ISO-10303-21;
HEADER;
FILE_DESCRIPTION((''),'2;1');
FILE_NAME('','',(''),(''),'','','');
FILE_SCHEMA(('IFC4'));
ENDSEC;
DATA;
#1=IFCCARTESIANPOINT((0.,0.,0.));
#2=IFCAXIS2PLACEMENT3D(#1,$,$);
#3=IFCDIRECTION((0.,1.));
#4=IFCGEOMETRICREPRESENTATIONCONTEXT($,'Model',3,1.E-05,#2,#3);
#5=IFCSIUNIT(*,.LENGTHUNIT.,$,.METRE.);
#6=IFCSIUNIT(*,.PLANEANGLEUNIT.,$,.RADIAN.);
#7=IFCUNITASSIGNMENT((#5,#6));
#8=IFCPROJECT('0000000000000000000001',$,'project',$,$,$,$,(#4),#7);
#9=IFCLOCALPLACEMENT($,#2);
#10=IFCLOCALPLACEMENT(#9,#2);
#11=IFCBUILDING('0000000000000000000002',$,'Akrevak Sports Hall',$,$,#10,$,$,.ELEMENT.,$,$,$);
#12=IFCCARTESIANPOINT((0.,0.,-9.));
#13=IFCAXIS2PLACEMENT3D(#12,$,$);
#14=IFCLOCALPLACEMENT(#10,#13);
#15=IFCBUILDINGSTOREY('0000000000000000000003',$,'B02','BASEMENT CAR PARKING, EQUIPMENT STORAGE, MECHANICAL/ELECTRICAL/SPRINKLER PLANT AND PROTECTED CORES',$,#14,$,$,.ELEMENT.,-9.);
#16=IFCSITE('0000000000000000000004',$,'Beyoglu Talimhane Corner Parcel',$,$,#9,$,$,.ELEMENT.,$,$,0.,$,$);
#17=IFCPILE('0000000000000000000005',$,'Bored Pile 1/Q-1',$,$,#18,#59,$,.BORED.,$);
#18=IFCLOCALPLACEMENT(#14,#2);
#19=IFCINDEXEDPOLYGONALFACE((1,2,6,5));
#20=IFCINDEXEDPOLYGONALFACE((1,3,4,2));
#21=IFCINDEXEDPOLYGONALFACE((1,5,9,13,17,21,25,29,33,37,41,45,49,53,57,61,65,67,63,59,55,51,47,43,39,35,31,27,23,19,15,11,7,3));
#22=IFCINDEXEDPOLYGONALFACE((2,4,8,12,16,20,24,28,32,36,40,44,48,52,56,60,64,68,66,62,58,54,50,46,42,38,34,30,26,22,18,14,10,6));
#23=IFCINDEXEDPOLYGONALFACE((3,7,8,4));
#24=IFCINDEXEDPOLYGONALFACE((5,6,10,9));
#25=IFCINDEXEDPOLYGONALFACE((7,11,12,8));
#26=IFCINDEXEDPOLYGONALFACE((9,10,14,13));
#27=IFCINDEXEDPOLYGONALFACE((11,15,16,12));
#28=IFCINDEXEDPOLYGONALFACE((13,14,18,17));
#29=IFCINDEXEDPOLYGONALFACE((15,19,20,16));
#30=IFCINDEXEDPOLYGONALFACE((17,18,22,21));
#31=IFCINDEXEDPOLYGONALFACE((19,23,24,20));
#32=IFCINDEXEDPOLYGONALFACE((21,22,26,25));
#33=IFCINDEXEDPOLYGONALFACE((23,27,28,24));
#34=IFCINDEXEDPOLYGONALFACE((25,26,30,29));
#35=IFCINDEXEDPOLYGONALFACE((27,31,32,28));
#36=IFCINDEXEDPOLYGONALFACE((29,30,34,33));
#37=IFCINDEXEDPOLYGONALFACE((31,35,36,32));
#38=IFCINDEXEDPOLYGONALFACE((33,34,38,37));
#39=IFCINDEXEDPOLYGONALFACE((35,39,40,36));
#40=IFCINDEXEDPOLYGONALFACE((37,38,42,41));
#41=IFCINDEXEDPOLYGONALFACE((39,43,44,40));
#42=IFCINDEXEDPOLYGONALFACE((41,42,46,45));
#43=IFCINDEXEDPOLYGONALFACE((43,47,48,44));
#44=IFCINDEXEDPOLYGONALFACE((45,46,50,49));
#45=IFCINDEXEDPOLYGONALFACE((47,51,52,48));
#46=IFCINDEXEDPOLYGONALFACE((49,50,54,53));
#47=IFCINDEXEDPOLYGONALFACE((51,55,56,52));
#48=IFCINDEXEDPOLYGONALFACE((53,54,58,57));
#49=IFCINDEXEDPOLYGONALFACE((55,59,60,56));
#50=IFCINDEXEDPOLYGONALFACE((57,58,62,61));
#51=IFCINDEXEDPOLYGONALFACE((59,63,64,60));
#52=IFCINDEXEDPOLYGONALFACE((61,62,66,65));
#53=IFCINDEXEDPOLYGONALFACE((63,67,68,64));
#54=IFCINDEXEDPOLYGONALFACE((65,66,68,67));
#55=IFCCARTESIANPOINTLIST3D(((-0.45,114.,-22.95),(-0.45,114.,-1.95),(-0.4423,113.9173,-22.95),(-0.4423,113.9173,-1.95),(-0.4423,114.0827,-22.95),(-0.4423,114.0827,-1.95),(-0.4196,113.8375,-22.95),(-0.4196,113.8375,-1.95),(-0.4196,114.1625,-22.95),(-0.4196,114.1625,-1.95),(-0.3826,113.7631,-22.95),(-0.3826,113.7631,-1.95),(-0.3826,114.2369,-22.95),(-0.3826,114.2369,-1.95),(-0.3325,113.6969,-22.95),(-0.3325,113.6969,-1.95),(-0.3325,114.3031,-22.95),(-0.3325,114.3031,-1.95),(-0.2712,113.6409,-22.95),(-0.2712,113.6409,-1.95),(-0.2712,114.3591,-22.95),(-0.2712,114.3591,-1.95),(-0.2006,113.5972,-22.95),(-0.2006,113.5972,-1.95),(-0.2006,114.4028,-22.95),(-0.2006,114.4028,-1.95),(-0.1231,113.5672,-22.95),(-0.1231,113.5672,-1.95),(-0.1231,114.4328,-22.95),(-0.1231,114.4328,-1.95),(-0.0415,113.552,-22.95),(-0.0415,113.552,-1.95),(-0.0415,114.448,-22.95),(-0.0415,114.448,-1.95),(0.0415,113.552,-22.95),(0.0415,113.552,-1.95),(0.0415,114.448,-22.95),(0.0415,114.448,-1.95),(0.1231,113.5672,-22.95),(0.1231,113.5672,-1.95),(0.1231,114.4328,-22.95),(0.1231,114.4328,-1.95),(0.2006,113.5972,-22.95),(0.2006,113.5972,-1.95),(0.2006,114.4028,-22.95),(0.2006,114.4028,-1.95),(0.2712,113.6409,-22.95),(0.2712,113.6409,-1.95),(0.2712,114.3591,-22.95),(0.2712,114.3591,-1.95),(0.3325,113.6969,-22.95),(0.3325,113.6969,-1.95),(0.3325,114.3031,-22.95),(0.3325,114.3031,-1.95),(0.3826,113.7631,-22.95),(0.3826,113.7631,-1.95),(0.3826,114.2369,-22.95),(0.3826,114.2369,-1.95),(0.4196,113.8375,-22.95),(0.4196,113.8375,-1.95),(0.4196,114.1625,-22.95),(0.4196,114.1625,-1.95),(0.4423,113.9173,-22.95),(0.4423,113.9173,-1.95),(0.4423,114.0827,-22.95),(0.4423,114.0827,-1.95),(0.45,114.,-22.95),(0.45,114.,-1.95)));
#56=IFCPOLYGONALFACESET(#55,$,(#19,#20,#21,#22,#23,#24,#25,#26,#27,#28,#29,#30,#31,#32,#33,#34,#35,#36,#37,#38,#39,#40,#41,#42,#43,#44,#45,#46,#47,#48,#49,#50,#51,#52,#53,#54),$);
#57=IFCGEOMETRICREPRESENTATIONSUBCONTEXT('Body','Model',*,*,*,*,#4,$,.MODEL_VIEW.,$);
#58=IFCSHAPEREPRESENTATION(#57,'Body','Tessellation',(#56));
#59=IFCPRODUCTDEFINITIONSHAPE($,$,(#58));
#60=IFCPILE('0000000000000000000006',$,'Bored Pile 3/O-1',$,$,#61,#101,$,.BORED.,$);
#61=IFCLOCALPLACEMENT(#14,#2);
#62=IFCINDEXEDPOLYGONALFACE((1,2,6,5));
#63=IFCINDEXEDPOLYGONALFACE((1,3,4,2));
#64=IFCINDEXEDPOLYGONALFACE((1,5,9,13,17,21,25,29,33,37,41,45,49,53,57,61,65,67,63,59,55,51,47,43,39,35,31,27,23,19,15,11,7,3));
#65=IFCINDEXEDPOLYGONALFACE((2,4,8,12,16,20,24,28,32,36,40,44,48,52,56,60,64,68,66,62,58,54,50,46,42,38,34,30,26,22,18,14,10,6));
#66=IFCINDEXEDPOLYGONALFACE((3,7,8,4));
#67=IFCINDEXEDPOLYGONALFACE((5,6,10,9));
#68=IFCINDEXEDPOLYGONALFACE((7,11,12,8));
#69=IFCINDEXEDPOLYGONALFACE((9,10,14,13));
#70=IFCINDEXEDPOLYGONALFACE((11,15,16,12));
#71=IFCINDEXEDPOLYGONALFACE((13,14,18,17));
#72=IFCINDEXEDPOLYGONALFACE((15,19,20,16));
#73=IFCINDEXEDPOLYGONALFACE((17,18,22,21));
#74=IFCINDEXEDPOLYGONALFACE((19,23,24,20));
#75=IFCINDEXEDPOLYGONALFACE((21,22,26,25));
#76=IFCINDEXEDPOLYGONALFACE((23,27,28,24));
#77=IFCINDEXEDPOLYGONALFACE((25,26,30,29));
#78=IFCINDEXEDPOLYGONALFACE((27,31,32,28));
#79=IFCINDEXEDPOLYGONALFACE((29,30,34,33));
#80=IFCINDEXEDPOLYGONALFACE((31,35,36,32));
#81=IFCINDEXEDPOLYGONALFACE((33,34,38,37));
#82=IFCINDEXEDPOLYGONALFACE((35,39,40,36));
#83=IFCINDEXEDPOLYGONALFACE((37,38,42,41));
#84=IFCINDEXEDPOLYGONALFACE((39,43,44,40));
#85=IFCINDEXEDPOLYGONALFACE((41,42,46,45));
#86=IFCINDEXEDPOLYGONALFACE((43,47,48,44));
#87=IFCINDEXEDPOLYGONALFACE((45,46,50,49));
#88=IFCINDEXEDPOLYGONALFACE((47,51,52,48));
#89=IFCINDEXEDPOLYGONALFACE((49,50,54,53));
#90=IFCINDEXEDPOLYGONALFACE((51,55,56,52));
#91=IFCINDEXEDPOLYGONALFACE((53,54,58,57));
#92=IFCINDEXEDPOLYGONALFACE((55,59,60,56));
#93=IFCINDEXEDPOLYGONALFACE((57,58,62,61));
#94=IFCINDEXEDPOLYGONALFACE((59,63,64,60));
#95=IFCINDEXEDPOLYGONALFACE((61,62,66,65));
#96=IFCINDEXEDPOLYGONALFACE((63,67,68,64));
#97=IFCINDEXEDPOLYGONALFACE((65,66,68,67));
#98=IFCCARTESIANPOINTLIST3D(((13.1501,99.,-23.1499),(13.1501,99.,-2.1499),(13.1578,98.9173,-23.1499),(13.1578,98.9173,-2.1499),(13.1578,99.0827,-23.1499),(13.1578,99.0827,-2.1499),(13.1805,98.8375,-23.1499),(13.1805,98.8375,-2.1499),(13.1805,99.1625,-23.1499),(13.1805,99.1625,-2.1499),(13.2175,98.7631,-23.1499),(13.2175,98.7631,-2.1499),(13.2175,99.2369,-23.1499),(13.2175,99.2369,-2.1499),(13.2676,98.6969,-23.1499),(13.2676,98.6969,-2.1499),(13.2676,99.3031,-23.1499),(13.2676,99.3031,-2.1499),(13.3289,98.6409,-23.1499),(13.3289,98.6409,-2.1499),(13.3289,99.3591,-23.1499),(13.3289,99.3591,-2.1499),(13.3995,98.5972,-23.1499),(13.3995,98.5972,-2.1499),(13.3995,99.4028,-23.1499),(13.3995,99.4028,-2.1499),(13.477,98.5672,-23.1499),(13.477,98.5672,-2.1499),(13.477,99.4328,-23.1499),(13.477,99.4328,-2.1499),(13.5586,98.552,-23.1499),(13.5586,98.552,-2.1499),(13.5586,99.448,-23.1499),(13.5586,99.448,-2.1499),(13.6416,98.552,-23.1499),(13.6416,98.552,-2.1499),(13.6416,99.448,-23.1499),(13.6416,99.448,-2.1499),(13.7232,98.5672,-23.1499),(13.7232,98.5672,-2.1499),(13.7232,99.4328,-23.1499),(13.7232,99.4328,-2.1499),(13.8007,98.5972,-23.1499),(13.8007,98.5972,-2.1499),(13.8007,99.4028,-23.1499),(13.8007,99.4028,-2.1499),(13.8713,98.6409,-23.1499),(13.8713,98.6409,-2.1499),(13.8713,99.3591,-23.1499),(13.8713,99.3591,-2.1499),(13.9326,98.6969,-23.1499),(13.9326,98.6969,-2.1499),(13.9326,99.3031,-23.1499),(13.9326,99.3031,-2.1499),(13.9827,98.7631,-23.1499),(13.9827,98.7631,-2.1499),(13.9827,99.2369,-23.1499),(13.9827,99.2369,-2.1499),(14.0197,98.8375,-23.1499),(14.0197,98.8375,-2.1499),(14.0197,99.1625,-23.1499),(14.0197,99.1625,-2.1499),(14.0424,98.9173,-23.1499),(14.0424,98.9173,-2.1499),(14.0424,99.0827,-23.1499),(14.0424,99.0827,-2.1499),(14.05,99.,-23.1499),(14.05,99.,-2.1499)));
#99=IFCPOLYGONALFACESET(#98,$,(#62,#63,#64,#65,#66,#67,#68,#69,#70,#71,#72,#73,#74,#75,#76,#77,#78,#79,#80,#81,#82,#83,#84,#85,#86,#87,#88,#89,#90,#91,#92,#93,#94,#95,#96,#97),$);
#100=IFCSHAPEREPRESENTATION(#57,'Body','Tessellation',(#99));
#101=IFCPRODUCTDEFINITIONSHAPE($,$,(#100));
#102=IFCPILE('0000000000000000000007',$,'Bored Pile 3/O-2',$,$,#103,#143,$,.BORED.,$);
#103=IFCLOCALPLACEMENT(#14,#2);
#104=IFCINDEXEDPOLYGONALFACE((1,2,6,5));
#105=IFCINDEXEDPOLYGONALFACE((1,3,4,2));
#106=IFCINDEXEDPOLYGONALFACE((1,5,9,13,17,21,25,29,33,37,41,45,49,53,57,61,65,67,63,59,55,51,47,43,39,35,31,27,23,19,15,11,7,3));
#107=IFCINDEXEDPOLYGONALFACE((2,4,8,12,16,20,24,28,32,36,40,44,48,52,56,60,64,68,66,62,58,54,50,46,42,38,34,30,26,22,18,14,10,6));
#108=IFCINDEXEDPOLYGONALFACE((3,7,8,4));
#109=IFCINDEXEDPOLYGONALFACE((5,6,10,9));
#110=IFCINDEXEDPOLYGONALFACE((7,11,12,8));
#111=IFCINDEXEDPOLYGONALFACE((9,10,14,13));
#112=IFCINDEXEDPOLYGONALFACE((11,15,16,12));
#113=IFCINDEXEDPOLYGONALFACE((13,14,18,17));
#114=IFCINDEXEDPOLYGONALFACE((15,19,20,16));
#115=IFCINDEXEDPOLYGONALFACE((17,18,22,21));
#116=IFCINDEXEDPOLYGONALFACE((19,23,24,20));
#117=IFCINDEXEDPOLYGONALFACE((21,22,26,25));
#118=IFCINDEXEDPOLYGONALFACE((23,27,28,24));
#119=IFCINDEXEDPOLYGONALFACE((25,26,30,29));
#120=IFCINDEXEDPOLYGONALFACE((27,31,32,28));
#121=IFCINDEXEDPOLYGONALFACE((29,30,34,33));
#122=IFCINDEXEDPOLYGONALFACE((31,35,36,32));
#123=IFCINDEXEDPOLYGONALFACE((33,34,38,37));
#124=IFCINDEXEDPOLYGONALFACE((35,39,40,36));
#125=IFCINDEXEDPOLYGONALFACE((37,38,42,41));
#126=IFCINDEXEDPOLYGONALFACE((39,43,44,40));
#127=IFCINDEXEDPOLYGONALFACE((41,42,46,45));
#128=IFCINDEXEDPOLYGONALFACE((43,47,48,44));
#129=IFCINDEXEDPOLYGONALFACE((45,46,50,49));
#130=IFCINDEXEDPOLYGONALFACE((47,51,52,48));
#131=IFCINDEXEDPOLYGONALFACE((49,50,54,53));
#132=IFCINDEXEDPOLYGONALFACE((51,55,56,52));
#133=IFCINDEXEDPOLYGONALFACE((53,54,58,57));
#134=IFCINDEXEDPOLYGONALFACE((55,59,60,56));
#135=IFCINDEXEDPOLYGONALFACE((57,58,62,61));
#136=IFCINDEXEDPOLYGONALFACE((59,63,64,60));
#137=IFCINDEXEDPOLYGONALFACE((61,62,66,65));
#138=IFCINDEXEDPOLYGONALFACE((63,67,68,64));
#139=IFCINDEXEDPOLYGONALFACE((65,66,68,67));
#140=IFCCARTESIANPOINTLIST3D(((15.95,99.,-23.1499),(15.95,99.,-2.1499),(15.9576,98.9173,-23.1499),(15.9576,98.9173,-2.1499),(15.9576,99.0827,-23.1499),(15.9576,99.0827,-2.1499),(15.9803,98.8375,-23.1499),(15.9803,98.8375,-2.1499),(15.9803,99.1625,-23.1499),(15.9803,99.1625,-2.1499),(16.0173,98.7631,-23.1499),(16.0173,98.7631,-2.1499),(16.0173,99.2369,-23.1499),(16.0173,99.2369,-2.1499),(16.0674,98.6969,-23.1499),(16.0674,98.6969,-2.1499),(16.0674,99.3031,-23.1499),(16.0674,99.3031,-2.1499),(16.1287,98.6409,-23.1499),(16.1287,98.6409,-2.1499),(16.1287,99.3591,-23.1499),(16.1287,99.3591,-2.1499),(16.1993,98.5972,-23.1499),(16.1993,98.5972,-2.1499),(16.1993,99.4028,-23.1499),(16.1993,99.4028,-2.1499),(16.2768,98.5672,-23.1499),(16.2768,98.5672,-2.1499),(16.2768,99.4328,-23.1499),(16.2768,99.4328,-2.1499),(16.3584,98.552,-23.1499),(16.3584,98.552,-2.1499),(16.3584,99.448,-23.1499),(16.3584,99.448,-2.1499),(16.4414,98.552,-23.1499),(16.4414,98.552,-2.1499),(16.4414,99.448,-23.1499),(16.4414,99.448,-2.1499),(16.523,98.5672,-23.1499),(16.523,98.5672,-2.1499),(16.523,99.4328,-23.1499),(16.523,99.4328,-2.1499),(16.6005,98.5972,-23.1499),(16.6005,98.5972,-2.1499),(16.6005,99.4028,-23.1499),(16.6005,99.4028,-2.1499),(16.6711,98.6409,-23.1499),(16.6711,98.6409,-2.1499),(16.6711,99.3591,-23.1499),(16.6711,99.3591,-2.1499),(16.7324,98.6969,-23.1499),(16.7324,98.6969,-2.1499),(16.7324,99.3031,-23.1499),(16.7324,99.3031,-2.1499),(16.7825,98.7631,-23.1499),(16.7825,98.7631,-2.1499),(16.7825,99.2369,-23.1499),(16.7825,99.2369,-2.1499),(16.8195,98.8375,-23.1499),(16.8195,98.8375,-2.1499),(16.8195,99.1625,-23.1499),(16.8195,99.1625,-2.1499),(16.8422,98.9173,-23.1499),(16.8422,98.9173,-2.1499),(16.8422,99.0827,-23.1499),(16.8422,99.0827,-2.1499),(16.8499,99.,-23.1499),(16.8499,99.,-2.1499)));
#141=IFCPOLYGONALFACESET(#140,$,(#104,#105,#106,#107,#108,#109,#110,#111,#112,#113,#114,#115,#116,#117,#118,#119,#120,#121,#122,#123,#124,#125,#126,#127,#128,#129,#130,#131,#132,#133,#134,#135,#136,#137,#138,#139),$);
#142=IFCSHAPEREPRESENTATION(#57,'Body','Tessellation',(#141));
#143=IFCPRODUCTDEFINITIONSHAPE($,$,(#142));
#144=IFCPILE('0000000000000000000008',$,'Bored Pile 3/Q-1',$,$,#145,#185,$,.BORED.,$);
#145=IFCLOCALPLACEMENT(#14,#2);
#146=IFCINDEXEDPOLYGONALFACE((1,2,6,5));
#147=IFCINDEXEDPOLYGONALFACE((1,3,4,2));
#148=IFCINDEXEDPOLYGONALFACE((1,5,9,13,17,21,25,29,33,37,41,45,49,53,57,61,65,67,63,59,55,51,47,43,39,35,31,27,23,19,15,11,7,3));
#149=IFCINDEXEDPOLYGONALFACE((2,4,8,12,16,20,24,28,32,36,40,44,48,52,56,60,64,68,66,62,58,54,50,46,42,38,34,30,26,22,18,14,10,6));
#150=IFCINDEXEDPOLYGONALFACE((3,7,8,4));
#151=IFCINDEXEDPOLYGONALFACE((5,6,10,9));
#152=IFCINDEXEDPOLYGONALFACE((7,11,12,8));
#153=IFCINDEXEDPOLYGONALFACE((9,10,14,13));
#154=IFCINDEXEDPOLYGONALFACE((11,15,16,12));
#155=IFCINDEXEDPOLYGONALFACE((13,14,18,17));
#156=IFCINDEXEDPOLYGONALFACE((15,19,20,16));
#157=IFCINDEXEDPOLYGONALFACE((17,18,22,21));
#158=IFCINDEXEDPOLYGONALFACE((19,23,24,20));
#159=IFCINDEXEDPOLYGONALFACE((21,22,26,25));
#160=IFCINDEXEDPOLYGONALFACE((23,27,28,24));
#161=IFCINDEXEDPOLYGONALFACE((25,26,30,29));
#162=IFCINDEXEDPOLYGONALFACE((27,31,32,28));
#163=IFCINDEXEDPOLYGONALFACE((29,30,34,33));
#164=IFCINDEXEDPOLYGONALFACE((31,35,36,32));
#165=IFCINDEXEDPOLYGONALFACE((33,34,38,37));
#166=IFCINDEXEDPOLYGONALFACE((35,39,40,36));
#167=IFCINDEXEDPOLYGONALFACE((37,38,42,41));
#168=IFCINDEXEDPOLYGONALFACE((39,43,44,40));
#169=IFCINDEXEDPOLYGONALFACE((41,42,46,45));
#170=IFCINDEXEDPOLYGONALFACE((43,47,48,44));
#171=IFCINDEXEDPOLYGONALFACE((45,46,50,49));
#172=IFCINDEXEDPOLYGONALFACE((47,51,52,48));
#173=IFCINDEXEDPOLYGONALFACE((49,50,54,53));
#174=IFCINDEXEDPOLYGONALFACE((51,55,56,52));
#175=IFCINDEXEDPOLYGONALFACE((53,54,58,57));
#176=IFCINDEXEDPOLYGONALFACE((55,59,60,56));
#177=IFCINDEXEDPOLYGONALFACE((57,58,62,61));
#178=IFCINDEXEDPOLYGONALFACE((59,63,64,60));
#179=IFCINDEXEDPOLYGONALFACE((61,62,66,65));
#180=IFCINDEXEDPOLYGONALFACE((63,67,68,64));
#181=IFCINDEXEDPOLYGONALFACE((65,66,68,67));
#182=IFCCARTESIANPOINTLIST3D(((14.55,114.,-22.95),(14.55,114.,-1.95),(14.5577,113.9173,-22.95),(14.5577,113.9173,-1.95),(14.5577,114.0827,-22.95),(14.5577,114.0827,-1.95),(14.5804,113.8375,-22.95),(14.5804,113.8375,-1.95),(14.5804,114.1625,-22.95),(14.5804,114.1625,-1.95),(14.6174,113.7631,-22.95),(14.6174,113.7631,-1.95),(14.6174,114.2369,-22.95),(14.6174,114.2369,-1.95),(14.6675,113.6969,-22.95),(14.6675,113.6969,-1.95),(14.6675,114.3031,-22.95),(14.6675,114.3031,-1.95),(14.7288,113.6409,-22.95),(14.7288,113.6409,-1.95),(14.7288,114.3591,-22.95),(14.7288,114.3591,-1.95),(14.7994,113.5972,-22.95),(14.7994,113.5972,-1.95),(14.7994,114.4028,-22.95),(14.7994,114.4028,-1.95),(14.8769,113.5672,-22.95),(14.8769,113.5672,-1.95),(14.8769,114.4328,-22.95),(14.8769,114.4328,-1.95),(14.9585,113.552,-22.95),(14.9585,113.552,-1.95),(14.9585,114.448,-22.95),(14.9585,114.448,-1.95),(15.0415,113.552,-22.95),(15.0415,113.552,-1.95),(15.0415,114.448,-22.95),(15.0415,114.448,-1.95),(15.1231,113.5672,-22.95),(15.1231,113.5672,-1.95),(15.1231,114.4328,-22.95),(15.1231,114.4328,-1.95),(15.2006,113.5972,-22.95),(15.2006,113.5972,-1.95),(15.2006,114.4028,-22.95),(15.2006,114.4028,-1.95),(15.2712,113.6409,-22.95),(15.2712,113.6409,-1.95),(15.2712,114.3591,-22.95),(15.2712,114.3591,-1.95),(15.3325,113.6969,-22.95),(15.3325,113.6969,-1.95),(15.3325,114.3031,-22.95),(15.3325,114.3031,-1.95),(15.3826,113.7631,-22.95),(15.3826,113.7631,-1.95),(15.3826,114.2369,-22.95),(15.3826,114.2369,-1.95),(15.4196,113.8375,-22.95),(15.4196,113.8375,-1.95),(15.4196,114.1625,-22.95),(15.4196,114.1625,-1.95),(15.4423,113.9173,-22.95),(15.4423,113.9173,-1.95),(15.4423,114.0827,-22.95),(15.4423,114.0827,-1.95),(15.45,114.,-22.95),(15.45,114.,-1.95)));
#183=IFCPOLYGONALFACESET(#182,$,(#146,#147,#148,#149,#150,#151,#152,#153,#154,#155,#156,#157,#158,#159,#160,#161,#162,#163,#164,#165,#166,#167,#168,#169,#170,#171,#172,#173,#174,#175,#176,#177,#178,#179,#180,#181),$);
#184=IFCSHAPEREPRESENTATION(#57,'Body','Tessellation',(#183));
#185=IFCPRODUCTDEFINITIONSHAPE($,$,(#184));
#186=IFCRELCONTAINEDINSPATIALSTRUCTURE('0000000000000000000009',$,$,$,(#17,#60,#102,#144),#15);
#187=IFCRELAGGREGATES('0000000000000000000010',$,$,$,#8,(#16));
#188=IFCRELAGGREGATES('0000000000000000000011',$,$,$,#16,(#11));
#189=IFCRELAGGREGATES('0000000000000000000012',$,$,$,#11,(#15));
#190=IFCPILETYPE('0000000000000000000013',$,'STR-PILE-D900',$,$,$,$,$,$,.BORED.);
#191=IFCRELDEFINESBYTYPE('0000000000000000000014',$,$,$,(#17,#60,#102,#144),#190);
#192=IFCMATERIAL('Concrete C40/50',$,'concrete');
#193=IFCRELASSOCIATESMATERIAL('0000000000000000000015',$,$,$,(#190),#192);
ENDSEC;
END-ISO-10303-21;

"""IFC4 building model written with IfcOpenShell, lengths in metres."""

from ifc_helpers import new_model, si_unit, direction, frame, origin, origin_2d, place, context, subcontext, project, spatial, circle, extrude, material, material_profile, profile_set, type_object, element, save


model = new_model("IFC4")

# Units and contexts
model_context = context("Model", 3, precision=1e-05, world=origin(), true_north=direction((0.0, 1.0)))
body_context = subcontext(model_context, "Body", "Model", "MODEL_VIEW")
ifc_project = project(units=[si_unit("LENGTHUNIT", "METRE"), si_unit("PLANEANGLEUNIT", "RADIAN")], contexts=[model_context])

# Site, building, storey
site_placement = place(None, origin())
site = spatial("IfcSite", under=ifc_project, at=site_placement, Name="Beyoglu Talimhane Corner Parcel", CompositionType="ELEMENT", RefElevation=0.0)
building_placement = place(site_placement, origin())
building = spatial("IfcBuilding", under=site, at=building_placement, Name="Akrevak Sports Hall", CompositionType="ELEMENT")
storey_placement = place(building_placement, frame((0.0, 0.0, -9.0)))
storey = spatial("IfcBuildingStorey", under=building, at=storey_placement, Name="B02", Description="BASEMENT CAR PARKING, EQUIPMENT STORAGE, MECHANICAL/ELECTRICAL/SPRINKLER PLANT AND PROTECTED CORES", CompositionType="ELEMENT", Elevation=-9.0)

# Shared definitions
ifc_material_1 = material(Name="Concrete C40/50", Category="concrete")

# Piles
ifc_material_profile_1 = material_profile(ifc_material_1, circle(Radius=0.45, at=origin_2d()), Name="BORED PILE D900", Category="concrete")
ifc_profile_set_1 = profile_set([ifc_material_profile_1], Name="Concrete C40/50")
pile_type_1 = type_object("IfcPileType", Name="STR-PILE-D900", PredefinedType="BORED", material=ifc_profile_set_1)
for number, where, z_axis, x_axis, name in (
    (1, (0.0, 114.0, -1.95), (0.0, 0.0, -1.0), (1.0, 0.0, 0.0), "Bored Pile 1/Q-1"),
    (2, (13.6001, 99.0, -2.1499), (0.0, 0.0, -1.0), (1.0, 0.0, 0.0), "Bored Pile 3/O-1"),
    (3, (16.3999, 99.0, -2.1499), (0.0, 0.0, -1.0), (1.0, 0.0, 0.0), "Bored Pile 3/O-2"),
    (4, (15.0, 114.0, -1.95), (0.0, 0.0, -1.0), (1.0, 0.0, 0.0), "Bored Pile 3/Q-1"),
):
    element("IfcPile", number, at=place(storey_placement, frame(where, z_axis=z_axis, x_axis=x_axis)), inside=storey, type_object=pile_type_1, Name=name, PredefinedType="BORED", context=body_context, shape_type="SweptSolid", body=[
        extrude(circle(Radius=0.45, at=origin_2d()), origin(), (0.0, 0.0, 1.0), 21.0),
    ])

save(model, "model.ifc")
